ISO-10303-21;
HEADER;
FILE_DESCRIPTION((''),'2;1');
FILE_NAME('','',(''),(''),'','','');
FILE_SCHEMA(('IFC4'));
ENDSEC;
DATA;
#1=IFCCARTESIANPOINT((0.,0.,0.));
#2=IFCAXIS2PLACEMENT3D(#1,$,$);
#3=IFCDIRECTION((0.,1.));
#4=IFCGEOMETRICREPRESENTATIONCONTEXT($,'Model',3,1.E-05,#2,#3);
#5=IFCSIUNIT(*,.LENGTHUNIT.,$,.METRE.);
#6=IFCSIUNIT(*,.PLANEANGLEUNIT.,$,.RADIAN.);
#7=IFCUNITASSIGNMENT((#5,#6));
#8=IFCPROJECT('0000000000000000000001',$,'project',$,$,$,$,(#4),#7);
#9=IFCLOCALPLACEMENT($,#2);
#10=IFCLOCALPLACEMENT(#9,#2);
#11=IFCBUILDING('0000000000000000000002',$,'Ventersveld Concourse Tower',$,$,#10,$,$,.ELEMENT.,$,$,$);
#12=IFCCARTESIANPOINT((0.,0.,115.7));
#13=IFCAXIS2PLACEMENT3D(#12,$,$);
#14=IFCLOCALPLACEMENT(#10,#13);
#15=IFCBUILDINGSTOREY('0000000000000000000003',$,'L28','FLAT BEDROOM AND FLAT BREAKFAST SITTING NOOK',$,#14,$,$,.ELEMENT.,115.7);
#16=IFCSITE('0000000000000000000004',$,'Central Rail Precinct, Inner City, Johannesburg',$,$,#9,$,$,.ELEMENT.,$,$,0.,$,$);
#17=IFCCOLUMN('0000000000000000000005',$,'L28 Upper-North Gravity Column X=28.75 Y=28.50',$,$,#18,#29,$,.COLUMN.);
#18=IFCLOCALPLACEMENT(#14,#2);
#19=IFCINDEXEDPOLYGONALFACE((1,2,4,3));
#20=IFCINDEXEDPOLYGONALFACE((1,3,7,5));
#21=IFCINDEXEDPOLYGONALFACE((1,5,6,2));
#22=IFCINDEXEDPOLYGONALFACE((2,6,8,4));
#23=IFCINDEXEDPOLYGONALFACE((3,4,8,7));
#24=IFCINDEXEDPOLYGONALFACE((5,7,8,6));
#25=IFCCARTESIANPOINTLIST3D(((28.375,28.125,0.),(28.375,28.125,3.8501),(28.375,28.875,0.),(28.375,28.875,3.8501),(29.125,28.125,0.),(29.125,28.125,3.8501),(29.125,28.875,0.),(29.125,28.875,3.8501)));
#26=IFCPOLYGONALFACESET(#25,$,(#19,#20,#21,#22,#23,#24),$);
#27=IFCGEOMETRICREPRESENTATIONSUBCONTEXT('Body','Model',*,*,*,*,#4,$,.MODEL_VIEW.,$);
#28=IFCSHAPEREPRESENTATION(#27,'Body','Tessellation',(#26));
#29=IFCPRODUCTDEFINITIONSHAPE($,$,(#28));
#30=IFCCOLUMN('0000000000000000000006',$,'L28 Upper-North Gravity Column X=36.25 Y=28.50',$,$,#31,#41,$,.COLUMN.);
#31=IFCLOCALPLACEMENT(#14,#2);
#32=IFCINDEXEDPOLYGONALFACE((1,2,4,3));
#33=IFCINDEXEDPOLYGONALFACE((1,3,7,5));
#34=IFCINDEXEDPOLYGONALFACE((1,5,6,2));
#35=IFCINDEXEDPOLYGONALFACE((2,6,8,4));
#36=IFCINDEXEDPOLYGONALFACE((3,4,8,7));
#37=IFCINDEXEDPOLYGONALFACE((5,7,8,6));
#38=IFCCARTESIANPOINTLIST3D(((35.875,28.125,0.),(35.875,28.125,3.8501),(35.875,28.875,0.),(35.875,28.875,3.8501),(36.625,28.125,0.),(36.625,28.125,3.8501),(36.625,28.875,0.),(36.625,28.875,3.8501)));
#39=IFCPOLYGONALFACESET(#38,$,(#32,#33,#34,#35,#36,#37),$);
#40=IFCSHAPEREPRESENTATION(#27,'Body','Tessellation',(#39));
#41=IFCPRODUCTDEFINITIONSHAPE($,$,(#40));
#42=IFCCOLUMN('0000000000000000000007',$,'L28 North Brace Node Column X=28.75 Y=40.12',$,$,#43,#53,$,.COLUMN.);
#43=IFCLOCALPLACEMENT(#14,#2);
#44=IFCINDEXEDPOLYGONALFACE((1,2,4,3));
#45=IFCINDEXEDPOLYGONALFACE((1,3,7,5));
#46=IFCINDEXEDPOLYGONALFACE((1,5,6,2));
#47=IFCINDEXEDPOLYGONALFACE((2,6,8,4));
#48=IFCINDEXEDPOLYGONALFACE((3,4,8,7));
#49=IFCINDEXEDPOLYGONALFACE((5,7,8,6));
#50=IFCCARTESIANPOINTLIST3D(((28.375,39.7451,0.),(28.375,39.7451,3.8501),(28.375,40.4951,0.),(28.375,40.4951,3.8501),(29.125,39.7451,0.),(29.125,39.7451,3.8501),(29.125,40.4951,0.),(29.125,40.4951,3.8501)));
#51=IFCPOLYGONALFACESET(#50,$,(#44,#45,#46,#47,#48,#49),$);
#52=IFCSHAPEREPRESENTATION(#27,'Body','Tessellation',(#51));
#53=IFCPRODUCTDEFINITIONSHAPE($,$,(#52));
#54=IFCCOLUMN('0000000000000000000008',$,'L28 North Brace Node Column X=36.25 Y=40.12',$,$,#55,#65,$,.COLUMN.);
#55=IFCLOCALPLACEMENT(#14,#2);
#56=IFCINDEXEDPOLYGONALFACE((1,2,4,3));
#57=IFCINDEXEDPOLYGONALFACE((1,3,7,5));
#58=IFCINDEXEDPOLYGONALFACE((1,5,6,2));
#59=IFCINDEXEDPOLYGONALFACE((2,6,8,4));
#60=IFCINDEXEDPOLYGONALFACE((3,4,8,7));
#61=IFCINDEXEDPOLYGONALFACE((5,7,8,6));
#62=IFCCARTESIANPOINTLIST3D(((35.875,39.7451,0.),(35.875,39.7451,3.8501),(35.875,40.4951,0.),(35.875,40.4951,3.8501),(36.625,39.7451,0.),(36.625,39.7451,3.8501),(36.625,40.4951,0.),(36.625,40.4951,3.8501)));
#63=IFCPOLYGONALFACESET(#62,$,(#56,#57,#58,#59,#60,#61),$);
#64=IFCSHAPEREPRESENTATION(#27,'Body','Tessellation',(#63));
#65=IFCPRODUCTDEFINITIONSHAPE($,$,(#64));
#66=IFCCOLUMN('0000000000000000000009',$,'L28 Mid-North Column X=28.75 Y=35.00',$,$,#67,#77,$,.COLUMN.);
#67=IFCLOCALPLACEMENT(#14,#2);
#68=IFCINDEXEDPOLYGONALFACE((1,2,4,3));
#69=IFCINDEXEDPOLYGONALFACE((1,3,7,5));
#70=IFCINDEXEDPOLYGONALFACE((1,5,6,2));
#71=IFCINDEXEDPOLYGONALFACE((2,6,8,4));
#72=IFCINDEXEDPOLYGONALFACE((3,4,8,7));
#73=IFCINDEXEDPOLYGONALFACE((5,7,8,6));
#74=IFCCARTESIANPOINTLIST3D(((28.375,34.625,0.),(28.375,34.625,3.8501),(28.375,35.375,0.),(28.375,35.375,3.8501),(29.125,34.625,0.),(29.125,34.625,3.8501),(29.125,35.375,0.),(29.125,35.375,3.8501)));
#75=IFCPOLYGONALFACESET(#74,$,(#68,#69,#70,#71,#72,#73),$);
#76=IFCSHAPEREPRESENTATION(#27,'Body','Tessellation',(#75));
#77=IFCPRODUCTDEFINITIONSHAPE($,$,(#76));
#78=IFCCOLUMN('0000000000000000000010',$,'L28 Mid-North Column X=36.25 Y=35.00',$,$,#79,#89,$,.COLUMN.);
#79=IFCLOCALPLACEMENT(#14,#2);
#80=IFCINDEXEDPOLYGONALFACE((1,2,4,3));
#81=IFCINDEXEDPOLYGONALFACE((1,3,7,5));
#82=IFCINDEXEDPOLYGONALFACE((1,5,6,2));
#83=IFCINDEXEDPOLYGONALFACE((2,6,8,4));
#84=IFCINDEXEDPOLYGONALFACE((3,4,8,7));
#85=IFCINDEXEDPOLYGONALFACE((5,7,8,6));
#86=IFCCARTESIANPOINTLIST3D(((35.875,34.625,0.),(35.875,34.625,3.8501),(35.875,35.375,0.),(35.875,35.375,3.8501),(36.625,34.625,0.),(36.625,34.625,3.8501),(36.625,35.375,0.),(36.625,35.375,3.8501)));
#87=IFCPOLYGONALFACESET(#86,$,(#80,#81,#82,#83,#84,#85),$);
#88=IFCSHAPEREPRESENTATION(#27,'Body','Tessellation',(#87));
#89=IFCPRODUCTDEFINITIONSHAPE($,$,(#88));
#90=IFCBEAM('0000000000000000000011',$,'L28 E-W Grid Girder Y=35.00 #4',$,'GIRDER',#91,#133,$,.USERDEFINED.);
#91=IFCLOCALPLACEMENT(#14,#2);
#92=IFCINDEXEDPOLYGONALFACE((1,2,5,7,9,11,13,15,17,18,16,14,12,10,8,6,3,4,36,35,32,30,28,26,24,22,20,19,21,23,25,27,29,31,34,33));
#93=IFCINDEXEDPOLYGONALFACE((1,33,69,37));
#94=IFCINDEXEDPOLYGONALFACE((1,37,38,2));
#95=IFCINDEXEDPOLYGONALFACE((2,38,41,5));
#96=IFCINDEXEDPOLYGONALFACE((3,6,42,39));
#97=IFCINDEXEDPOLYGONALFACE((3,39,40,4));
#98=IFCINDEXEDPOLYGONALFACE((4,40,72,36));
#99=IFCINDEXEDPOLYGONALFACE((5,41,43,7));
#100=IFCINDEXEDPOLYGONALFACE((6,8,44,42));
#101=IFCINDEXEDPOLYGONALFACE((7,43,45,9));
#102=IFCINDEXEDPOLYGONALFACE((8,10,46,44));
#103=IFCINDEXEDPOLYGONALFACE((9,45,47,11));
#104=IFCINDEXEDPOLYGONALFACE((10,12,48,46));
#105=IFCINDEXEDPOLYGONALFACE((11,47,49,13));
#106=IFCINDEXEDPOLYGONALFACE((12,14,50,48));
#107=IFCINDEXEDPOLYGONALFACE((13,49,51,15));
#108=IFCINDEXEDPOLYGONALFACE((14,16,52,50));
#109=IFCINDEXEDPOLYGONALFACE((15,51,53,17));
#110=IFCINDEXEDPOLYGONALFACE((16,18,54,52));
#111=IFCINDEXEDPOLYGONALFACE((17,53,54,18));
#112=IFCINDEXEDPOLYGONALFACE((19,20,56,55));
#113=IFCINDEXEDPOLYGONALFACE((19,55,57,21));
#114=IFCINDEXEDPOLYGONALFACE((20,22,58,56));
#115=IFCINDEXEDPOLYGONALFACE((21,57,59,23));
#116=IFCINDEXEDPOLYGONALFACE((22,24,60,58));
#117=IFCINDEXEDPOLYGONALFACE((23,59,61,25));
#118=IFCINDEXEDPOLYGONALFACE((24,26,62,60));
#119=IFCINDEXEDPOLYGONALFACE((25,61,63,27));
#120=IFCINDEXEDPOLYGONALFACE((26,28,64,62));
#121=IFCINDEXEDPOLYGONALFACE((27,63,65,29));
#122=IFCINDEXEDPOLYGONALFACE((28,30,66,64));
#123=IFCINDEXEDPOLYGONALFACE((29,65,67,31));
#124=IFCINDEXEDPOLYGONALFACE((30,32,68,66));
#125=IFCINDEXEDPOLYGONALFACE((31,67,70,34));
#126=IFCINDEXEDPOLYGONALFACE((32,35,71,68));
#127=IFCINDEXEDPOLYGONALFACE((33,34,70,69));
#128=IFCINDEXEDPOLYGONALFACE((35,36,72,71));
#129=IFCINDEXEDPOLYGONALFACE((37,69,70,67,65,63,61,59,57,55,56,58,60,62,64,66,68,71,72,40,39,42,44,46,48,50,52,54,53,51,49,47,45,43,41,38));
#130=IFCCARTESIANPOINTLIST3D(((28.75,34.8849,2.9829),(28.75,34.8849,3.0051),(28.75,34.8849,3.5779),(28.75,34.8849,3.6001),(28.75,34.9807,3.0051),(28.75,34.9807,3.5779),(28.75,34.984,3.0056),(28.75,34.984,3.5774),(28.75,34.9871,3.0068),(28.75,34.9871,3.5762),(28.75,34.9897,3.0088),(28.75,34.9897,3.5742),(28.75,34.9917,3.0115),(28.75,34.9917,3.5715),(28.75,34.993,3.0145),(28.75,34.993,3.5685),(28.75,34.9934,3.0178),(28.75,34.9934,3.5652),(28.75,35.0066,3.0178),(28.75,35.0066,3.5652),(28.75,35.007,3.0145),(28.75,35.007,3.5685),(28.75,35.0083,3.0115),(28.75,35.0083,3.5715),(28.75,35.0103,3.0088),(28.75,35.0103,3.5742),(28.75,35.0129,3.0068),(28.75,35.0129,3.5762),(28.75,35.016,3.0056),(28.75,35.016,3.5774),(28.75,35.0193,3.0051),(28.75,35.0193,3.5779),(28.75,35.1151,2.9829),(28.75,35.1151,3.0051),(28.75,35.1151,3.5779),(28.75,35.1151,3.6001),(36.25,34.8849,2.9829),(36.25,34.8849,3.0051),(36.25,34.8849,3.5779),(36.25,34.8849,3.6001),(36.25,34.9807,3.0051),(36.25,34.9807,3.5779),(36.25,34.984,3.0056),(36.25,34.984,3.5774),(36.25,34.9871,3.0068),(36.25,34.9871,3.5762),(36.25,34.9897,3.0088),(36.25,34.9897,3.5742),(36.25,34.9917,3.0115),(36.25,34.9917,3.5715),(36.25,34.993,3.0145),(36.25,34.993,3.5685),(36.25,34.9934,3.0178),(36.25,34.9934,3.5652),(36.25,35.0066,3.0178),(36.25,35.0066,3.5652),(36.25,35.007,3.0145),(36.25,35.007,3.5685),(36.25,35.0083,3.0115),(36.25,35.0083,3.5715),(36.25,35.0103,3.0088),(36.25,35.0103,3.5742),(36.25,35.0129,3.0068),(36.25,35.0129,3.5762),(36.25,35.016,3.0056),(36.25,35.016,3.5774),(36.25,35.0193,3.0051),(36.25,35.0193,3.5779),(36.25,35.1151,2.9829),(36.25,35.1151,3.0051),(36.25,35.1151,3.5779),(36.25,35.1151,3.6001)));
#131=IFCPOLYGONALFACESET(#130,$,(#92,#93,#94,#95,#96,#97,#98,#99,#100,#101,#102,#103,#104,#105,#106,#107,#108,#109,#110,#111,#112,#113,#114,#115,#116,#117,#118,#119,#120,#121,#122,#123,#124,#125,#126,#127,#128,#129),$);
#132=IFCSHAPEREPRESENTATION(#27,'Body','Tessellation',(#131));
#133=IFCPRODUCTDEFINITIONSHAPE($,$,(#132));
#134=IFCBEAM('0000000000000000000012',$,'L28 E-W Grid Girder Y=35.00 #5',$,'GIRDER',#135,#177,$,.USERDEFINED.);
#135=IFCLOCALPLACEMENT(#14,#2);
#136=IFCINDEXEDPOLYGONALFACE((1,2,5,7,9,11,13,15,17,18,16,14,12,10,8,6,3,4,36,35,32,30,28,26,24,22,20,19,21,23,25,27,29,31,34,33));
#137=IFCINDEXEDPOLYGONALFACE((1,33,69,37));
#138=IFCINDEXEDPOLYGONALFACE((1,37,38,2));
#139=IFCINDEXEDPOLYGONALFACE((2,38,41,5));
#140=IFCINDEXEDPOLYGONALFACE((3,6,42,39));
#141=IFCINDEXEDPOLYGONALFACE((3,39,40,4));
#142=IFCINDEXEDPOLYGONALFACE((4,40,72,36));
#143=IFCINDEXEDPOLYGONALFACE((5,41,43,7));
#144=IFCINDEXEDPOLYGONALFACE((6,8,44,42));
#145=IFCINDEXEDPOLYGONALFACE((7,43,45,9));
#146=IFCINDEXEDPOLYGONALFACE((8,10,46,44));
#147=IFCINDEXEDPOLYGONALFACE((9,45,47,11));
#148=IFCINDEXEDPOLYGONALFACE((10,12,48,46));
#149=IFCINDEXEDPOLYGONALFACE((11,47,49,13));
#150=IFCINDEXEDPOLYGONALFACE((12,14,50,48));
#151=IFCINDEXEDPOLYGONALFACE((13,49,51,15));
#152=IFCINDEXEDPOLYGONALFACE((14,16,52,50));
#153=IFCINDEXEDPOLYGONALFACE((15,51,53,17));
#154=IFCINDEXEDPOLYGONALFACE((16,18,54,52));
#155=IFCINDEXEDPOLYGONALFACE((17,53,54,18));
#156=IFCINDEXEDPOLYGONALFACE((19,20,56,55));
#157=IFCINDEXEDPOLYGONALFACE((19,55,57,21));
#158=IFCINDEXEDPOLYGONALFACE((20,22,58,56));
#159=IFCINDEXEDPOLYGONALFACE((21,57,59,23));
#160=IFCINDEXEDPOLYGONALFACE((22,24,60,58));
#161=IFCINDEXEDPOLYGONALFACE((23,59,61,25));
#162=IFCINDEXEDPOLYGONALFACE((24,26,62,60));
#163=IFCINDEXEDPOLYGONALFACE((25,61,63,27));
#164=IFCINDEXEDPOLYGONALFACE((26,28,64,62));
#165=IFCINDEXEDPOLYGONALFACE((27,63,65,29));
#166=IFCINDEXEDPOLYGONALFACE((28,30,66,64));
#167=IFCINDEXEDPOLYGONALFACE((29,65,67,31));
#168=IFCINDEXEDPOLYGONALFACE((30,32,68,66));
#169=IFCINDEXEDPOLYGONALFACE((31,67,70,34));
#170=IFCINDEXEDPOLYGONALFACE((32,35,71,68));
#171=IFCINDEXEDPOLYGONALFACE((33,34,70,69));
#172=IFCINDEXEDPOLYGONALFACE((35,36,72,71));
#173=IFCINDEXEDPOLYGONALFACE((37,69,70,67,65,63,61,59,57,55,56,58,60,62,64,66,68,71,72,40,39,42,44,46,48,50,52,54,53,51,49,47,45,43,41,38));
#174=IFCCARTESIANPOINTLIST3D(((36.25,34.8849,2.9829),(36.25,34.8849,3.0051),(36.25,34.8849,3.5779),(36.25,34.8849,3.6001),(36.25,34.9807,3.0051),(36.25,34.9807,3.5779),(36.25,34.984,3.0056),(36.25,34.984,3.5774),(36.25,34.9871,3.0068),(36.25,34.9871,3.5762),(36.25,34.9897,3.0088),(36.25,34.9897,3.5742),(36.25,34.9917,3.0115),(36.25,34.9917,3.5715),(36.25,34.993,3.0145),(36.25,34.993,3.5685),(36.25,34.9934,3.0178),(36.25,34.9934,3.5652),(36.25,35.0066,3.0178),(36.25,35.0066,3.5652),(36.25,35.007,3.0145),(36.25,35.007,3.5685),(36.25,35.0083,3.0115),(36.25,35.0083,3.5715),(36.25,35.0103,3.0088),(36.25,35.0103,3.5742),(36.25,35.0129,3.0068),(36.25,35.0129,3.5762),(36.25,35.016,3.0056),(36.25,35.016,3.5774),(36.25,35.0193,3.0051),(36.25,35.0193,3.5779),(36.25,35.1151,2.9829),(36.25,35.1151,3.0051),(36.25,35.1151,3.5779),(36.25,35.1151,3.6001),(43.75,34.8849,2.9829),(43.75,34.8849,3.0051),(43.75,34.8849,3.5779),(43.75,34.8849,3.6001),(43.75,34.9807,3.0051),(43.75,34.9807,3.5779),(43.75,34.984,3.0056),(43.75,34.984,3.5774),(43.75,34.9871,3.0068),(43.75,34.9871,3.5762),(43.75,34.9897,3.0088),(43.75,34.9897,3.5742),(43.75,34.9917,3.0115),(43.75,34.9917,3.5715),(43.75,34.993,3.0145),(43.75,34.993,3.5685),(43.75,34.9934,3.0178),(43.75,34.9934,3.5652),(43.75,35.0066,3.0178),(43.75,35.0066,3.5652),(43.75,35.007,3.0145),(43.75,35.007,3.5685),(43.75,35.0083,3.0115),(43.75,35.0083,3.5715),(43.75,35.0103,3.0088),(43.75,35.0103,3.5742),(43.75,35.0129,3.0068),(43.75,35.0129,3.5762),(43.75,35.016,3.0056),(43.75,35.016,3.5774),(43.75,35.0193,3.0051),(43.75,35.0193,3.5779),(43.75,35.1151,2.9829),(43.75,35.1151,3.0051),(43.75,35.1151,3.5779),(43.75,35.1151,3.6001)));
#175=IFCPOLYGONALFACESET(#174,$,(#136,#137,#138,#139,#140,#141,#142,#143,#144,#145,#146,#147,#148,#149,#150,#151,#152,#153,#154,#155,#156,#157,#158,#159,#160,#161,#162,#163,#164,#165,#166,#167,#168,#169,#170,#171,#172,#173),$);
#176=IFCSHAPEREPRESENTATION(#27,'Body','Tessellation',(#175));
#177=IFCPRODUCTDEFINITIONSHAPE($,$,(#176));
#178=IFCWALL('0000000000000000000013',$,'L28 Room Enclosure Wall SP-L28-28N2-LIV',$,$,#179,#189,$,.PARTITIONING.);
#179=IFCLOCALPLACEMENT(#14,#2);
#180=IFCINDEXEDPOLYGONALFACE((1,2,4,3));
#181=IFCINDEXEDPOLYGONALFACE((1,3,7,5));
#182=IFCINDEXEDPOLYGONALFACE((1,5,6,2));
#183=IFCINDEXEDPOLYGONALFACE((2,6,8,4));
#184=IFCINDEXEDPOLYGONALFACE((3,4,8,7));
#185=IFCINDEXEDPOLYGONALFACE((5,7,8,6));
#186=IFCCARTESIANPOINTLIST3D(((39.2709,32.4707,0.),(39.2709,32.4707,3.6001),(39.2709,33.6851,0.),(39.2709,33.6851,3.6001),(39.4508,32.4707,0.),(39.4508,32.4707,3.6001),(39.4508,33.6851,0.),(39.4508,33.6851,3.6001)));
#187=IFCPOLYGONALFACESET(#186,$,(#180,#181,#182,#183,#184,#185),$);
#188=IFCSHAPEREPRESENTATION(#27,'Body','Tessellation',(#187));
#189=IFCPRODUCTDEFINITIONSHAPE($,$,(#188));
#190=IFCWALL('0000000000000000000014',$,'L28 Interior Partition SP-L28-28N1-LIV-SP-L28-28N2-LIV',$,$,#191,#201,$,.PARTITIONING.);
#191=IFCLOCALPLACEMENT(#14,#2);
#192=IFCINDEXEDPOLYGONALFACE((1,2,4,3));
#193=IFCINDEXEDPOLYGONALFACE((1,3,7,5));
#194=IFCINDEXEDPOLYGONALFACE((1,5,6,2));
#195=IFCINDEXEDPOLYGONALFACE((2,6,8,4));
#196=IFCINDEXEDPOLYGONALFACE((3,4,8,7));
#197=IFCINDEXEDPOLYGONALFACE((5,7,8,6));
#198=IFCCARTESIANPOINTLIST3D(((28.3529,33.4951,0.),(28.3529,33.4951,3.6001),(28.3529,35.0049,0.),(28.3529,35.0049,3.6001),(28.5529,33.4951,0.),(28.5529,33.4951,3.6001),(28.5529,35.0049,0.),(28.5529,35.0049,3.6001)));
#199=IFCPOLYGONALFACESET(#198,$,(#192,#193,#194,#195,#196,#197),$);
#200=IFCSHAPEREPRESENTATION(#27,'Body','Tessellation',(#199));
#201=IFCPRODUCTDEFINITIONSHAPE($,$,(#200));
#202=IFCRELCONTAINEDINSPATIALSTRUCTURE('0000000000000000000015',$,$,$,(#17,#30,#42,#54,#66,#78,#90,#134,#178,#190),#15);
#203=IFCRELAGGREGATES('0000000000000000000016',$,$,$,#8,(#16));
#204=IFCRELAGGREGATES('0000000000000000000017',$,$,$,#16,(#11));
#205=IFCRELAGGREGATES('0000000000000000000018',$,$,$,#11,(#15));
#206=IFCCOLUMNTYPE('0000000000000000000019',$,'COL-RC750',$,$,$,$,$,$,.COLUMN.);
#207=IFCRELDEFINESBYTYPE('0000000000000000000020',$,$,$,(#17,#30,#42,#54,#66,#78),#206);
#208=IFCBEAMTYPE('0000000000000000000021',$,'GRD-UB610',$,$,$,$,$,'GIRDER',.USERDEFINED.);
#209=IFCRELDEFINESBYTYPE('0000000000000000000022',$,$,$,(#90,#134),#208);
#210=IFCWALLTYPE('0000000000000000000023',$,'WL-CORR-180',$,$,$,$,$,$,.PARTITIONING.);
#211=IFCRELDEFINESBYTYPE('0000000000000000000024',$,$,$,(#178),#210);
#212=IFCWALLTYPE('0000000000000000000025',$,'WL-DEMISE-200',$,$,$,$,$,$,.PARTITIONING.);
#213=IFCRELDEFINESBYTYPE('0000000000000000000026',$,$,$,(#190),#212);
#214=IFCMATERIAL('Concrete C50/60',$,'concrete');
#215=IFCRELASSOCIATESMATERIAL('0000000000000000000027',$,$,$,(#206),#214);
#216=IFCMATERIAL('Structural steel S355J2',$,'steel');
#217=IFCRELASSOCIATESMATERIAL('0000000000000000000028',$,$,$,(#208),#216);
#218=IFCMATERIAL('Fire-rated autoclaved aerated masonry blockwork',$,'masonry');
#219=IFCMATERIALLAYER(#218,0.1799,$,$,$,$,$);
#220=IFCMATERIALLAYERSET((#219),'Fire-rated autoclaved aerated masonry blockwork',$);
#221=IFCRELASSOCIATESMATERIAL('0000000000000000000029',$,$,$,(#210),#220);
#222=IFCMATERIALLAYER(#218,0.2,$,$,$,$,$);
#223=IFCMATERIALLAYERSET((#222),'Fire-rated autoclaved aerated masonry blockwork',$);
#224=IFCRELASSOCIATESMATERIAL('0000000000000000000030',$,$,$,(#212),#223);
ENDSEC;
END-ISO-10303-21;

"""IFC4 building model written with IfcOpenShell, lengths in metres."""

from ifc_helpers import new_model, si_unit, direction, frame, frame_2d, origin, origin_2d, place, context, subcontext, project, spatial, rectangle, i_section, extrude, material, layer, layer_set, material_profile, profile_set, type_object, element, save


model = new_model("IFC4")

# Units and contexts
model_context = context("Model", 3, precision=1e-05, world=origin(), true_north=direction((0.0, 1.0)))
body_context = subcontext(model_context, "Body", "Model", "MODEL_VIEW")
ifc_project = project(units=[si_unit("LENGTHUNIT", "METRE"), si_unit("PLANEANGLEUNIT", "RADIAN")], contexts=[model_context])

# Site, building, storey
site_placement = place(None, origin())
site = spatial("IfcSite", under=ifc_project, at=site_placement, Name="Central Rail Precinct, Inner City, Johannesburg", CompositionType="ELEMENT", RefElevation=0.0)
building_placement = place(site_placement, origin())
building = spatial("IfcBuilding", under=site, at=building_placement, Name="Ventersveld Concourse Tower", CompositionType="ELEMENT")
storey_placement = place(building_placement, frame((0.0, 0.0, 115.7)))
storey = spatial("IfcBuildingStorey", under=building, at=storey_placement, Name="L28", Description="FLAT BEDROOM AND FLAT BREAKFAST SITTING NOOK", CompositionType="ELEMENT", Elevation=115.7)

# Columns
ifc_material_1 = material(Name="Concrete C50/60", Category="concrete")
ifc_material_profile_1 = material_profile(ifc_material_1, rectangle(XDim=0.75, YDim=0.75, at=origin_2d()), Name="RC 750x750")
ifc_profile_set_1 = profile_set([ifc_material_profile_1], Name="Concrete C50/60")
column_type = type_object("IfcColumnType", Name="COL-RC750", PredefinedType="COLUMN", material=ifc_profile_set_1)
for number, where, z_axis, x_axis, name in (
    (1, (28.75, 28.5, 0.0), (0.0, 0.0, 1.0), (1.0, 0.0, 0.0), "L28 Upper-North Gravity Column X=28.75 Y=28.50"),
    (2, (36.25, 28.5, 0.0), (0.0, 0.0, 1.0), (1.0, 0.0, 0.0), "L28 Upper-North Gravity Column X=36.25 Y=28.50"),
    (3, (28.75, 40.1201, 0.0), (0.0, 0.0, 1.0), (1.0, 0.0, 0.0), "L28 North Brace Node Column X=28.75 Y=40.12"),
    (4, (36.25, 40.1201, 0.0), (0.0, 0.0, 1.0), (1.0, 0.0, 0.0), "L28 North Brace Node Column X=36.25 Y=40.12"),
    (5, (28.75, 35.0, 0.0), (0.0, 0.0, 1.0), (1.0, 0.0, 0.0), "L28 Mid-North Column X=28.75 Y=35.00"),
    (6, (36.25, 35.0, 0.0), (0.0, 0.0, 1.0), (1.0, 0.0, 0.0), "L28 Mid-North Column X=36.25 Y=35.00"),
):
    element("IfcColumn", number, at=place(storey_placement, frame(where, z_axis=z_axis, x_axis=x_axis)), inside=storey, type_object=column_type, Name=name, PredefinedType="COLUMN", context=body_context, shape_type="SweptSolid", body=[
        extrude(rectangle(XDim=0.75, YDim=0.75, at=origin_2d()), origin(), (0.0, 0.0, 1.0), 3.8501),
    ])

# Beams
ifc_material_2 = material(Name="Structural steel S355J2", Category="steel")
ifc_material_profile_2 = material_profile(ifc_material_2, i_section(OverallWidth=0.2302, OverallDepth=0.6172, WebThickness=0.0132, FlangeThickness=0.0222, FilletRadius=0.0127, at=origin_2d()), Name="UB 610x229x140")
ifc_profile_set_2 = profile_set([ifc_material_profile_2], Name="Structural steel S355J2")
beam_type = type_object("IfcBeamType", Name="GRD-UB610", ElementType="GIRDER", PredefinedType="USERDEFINED", material=ifc_profile_set_2)
for number, where, z_axis, x_axis, name in (
    (7, (28.75, 35.0, 3.2915), (1.0, 0.0, 0.0), (0.0, 1.0, 0.0), "L28 E-W Grid Girder Y=35.00 #4"),
    (8, (36.25, 35.0, 3.2915), (1.0, 0.0, 0.0), (0.0, 1.0, 0.0), "L28 E-W Grid Girder Y=35.00 #5"),
):
    element("IfcBeam", number, at=place(storey_placement, frame(where, z_axis=z_axis, x_axis=x_axis)), inside=storey, type_object=beam_type, Name=name, ObjectType="GIRDER", PredefinedType="USERDEFINED", context=body_context, shape_type="SweptSolid", body=[
        extrude(i_section(OverallWidth=0.2302, OverallDepth=0.6172, WebThickness=0.0132, FlangeThickness=0.0222, FilletRadius=0.0127, at=origin_2d()), origin(), (0.0, 0.0, 1.0), 7.5),
    ])

# Walls
ifc_material_3 = material(Name="Fire-rated autoclaved aerated masonry blockwork", Category="masonry")
ifc_layer_1 = layer(ifc_material_3, 0.1799)
ifc_layer_set_1 = layer_set([ifc_layer_1], Name="Fire-rated autoclaved aerated masonry blockwork")
wall_type_1 = type_object("IfcWallType", Name="WL-CORR-180", PredefinedType="PARTITIONING", material=ifc_layer_set_1)
wall_1_placement = place(storey_placement, frame((39.3608, 33.6851, 0.0), z_axis=(0.0, 0.0, 1.0), x_axis=(0.0, -1.0, 0.0)))
element("IfcWall", 9, at=wall_1_placement, inside=storey, type_object=wall_type_1, Name="L28 Room Enclosure Wall SP-L28-28N2-LIV", PredefinedType="PARTITIONING", context=body_context, shape_type="SweptSolid", body=[
    extrude(rectangle(XDim=1.2144, YDim=0.1799, at=frame_2d((0.6072, 0.0))), origin(), (0.0, 0.0, 1.0), 3.6001),
])
ifc_layer_2 = layer(ifc_material_3, 0.2)
ifc_layer_set_2 = layer_set([ifc_layer_2], Name="Fire-rated autoclaved aerated masonry blockwork")
wall_type_2 = type_object("IfcWallType", Name="WL-DEMISE-200", PredefinedType="PARTITIONING", material=ifc_layer_set_2)
wall_2_placement = place(storey_placement, frame((28.4529, 33.4951, 0.0), z_axis=(0.0, 0.0, 1.0), x_axis=(0.0, 1.0, 0.0)))
element("IfcWall", 10, at=wall_2_placement, inside=storey, type_object=wall_type_2, Name="L28 Interior Partition SP-L28-28N1-LIV-SP-L28-28N2-LIV", PredefinedType="PARTITIONING", context=body_context, shape_type="SweptSolid", body=[
    extrude(rectangle(XDim=1.5098, YDim=0.2, at=frame_2d((0.7549, 0.0))), origin(), (0.0, 0.0, 1.0), 3.6001),
])

save(model, "model.ifc")
